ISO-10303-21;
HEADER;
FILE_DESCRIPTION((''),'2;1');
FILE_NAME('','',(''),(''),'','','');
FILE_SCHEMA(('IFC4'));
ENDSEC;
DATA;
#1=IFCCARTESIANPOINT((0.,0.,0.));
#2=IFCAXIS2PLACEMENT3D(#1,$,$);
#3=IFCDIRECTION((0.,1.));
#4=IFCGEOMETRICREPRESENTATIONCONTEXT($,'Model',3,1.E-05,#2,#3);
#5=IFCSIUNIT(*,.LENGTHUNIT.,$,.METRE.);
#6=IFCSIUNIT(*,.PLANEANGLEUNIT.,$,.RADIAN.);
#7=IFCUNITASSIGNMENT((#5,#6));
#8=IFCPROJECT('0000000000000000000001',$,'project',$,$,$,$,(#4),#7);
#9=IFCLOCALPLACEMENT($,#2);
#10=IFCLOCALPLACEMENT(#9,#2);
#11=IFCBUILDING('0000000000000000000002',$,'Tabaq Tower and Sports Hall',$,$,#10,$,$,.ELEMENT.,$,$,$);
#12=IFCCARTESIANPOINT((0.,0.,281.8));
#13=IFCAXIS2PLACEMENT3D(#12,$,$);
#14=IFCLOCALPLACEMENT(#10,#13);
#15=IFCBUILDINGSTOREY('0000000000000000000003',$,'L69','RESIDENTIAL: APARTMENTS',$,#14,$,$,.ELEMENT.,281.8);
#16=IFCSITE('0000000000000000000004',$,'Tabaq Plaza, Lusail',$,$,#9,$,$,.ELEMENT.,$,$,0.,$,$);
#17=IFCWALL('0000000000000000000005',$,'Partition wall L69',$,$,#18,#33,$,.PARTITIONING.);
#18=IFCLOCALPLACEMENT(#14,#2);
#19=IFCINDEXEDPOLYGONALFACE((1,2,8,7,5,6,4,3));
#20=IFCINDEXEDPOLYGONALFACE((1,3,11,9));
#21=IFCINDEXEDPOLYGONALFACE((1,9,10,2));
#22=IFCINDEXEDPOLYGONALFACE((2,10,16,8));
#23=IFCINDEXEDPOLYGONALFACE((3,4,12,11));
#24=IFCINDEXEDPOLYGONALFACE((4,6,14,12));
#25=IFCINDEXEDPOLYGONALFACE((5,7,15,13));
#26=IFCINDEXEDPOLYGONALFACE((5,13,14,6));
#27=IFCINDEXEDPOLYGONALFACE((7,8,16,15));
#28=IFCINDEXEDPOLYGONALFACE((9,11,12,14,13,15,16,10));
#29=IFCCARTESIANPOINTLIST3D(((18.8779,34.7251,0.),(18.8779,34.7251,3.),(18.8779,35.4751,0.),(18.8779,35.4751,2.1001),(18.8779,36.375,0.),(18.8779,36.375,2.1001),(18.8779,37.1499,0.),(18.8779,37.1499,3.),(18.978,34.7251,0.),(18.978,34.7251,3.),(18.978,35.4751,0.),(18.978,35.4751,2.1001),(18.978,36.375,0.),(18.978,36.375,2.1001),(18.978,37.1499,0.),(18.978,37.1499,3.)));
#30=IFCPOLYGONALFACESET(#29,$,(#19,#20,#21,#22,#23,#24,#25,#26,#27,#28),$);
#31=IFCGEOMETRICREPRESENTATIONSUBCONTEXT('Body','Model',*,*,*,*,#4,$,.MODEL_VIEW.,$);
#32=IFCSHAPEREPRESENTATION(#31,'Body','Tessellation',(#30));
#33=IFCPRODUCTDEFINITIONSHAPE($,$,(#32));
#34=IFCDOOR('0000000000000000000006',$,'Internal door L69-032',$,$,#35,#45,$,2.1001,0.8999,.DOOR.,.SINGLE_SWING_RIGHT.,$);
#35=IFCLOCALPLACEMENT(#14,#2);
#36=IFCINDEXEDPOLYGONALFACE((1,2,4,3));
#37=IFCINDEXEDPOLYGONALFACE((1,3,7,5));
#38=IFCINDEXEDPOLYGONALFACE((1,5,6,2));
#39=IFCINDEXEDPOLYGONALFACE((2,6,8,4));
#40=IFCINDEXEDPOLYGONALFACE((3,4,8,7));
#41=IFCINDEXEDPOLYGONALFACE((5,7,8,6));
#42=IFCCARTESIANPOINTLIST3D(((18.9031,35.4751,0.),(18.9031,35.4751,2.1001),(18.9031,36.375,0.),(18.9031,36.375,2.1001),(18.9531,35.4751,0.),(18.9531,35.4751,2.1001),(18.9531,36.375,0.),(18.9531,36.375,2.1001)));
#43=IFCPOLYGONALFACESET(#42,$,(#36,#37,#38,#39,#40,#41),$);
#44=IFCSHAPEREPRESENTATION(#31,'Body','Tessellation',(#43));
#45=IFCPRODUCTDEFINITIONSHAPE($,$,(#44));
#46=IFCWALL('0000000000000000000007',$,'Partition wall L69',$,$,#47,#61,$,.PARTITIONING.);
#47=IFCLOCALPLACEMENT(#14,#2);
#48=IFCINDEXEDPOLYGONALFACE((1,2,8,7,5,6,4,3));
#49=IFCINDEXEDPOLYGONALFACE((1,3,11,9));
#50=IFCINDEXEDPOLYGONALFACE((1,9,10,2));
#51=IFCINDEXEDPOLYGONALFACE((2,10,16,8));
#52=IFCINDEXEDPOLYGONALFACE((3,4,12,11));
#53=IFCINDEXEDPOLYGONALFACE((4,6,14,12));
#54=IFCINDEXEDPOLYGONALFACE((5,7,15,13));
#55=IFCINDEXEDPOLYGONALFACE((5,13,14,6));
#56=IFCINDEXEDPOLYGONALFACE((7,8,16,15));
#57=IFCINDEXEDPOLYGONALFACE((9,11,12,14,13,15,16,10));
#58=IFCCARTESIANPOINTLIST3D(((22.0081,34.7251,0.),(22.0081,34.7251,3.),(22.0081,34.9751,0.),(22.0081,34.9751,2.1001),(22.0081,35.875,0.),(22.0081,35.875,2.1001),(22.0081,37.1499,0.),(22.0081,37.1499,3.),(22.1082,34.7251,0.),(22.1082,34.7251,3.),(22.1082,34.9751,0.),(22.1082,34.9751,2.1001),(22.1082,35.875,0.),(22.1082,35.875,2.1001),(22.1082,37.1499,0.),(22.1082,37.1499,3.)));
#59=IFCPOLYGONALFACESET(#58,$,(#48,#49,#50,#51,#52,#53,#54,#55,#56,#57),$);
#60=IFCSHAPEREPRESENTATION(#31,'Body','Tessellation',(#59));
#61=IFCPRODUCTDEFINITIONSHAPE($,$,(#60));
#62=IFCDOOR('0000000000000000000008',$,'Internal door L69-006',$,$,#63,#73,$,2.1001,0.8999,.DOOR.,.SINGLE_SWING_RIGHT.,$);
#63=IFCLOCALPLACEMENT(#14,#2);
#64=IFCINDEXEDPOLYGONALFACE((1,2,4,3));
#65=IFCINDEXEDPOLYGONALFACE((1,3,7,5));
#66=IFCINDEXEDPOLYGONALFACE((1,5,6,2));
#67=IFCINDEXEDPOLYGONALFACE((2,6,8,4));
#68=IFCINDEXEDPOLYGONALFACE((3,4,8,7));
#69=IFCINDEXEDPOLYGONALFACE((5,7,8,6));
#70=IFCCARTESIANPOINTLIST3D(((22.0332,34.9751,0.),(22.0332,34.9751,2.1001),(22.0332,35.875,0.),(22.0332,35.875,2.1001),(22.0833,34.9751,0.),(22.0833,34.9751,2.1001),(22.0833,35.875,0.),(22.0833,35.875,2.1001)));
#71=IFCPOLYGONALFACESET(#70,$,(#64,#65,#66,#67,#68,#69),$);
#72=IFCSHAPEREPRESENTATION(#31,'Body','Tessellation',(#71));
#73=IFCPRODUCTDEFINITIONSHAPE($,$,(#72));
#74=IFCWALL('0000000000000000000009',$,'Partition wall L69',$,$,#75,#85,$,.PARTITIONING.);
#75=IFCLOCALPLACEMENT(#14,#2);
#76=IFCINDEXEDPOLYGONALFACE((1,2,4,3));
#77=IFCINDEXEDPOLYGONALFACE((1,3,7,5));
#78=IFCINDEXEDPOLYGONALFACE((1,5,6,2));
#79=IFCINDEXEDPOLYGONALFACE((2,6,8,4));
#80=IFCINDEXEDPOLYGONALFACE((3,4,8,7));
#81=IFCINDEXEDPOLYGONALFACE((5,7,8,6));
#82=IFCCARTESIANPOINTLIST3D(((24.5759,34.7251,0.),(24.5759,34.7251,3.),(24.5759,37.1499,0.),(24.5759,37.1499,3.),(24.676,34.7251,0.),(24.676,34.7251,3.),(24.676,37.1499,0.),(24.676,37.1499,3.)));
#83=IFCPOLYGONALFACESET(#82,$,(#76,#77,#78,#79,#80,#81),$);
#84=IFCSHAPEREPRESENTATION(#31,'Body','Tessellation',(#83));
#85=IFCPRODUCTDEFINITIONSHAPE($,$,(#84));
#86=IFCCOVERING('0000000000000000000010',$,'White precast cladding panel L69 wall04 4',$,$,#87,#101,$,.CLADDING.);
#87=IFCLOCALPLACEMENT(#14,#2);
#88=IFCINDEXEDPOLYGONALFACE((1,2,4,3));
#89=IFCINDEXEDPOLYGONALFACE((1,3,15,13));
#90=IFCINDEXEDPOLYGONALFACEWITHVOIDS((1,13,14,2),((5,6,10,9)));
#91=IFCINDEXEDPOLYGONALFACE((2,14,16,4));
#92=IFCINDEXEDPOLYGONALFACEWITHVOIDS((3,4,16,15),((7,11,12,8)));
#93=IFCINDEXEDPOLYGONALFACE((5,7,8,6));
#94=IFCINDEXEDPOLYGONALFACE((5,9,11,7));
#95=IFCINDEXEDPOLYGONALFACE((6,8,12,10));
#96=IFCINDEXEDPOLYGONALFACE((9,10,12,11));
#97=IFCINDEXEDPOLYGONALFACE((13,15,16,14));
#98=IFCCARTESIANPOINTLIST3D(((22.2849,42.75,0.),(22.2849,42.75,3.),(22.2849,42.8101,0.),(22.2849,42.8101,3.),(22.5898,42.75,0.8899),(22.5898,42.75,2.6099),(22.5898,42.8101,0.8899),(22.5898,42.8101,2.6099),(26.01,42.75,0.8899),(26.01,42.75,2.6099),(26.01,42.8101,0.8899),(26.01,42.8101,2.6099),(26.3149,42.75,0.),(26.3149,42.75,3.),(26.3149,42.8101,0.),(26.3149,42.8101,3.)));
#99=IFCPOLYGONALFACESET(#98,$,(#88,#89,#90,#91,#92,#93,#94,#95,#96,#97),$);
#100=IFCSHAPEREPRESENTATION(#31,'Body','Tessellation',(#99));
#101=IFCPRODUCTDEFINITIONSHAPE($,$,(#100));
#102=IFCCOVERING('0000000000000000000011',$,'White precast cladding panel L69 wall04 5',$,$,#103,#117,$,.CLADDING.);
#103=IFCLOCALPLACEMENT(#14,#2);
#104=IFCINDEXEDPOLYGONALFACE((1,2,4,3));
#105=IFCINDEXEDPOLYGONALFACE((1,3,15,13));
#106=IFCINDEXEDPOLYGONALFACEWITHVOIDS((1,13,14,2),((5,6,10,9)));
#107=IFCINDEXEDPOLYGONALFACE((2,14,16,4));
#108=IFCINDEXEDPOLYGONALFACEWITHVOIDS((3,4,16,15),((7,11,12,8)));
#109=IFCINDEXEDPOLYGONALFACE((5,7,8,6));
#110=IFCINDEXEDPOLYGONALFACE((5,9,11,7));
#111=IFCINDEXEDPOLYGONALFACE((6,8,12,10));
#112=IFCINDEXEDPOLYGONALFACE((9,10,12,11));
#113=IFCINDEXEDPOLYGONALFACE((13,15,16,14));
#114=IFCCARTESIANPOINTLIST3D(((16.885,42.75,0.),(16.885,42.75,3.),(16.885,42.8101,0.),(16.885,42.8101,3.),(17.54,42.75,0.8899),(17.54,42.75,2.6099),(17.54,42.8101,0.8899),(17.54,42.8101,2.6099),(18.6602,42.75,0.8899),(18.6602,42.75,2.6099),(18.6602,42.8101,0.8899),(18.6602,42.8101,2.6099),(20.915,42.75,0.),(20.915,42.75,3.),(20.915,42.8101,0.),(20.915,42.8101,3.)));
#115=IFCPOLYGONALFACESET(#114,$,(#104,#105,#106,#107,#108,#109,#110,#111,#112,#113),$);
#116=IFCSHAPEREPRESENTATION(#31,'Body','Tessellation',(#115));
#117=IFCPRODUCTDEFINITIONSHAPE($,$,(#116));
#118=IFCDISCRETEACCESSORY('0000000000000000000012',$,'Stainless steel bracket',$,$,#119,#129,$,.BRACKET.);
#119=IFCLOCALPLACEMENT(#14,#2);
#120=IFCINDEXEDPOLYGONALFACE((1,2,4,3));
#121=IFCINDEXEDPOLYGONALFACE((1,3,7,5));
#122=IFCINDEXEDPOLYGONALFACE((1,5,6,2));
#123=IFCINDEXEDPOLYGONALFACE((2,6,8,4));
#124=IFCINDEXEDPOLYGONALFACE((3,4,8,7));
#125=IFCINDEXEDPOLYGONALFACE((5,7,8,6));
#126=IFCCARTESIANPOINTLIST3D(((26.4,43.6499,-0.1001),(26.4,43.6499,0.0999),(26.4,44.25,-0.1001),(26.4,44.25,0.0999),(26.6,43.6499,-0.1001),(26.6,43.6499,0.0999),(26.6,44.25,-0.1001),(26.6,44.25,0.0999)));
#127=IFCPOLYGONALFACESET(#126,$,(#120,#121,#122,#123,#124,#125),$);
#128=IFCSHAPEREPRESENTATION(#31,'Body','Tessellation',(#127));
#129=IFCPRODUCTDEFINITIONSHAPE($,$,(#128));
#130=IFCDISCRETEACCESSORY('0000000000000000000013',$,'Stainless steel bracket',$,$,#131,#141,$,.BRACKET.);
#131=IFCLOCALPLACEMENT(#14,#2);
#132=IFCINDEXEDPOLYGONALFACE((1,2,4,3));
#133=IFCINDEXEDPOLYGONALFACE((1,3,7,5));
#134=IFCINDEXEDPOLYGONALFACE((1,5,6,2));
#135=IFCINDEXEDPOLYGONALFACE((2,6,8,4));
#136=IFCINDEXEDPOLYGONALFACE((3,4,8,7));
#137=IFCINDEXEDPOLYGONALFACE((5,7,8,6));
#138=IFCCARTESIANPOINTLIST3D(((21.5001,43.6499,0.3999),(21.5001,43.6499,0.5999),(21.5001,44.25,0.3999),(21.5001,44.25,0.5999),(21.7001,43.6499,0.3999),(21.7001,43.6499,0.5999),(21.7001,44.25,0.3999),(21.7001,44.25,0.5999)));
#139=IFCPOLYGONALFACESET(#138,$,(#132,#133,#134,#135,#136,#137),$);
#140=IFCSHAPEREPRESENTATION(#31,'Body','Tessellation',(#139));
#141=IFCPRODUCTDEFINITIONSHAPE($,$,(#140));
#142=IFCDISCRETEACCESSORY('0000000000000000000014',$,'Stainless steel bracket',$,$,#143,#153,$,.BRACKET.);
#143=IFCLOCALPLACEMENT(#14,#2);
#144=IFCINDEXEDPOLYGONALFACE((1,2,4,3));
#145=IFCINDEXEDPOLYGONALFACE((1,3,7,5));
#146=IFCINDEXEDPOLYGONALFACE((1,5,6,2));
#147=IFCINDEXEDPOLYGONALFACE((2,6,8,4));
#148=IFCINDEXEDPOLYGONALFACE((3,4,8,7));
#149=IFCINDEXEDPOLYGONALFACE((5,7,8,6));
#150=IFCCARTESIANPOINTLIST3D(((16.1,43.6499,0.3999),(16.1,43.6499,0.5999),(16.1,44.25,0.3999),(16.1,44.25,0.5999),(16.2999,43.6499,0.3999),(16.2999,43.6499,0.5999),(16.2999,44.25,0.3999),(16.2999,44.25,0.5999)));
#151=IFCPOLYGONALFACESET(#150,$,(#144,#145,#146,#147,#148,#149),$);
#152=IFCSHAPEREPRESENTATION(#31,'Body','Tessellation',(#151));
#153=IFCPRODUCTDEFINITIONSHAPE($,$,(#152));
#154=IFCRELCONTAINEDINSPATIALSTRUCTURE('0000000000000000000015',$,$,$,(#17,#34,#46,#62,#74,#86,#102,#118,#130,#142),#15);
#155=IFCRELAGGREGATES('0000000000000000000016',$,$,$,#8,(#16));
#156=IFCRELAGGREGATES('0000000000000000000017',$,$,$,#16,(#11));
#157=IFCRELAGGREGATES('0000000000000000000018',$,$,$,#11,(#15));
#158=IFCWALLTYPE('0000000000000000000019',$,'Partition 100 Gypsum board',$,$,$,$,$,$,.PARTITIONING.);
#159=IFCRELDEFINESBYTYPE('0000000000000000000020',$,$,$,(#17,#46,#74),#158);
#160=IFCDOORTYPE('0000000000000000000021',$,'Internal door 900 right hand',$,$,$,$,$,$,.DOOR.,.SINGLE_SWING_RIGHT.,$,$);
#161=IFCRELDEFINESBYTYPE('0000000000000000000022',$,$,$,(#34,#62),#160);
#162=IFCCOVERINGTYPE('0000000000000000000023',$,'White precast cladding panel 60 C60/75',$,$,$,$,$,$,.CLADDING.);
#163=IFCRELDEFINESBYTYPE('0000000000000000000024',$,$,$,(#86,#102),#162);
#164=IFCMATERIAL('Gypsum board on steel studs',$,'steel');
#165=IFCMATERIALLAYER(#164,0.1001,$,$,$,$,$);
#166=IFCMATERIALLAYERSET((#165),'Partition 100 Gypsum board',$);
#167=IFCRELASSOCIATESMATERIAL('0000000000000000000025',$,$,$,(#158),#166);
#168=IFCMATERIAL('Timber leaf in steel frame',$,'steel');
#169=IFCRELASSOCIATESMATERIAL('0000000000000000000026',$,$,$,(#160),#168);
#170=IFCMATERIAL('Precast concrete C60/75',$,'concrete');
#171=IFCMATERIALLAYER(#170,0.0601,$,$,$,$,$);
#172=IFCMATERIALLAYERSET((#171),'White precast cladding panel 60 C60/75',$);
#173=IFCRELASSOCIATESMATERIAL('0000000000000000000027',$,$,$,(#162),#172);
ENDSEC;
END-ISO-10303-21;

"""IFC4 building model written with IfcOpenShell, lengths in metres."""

from ifc_helpers import new_model, si_unit, direction, frame, frame_2d, origin, origin_2d, place, context, subcontext, project, spatial, polyline, rectangle, outline, extrude, material, layer, layer_set, type_object, element, fill, save


model = new_model("IFC4")

# Units and contexts
model_context = context("Model", 3, precision=1e-05, world=origin(), true_north=direction((0.0, 1.0)))
body_context = subcontext(model_context, "Body", "Model", "MODEL_VIEW")
ifc_project = project(units=[si_unit("LENGTHUNIT", "METRE"), si_unit("PLANEANGLEUNIT", "RADIAN")], contexts=[model_context])

# Site, building, storey
site_placement = place(None, origin())
site = spatial("IfcSite", under=ifc_project, at=site_placement, Name="Tabaq Plaza, Lusail", CompositionType="ELEMENT", RefElevation=0.0)
building_placement = place(site_placement, origin())
building = spatial("IfcBuilding", under=site, at=building_placement, Name="Tabaq Tower and Sports Hall", CompositionType="ELEMENT")
storey_placement = place(building_placement, frame((0.0, 0.0, 281.8)))
storey = spatial("IfcBuildingStorey", under=building, at=storey_placement, Name="L69", Description="RESIDENTIAL: APARTMENTS", CompositionType="ELEMENT", Elevation=281.8)

# Walls, openings, doors
ifc_material_1 = material(Name="Gypsum board on steel studs", Category="steel")
ifc_layer_1 = layer(ifc_material_1, 0.1001)
ifc_layer_set_1 = layer_set([ifc_layer_1], Name="Partition 100 Gypsum board")
wall_type = type_object("IfcWallType", Name="Partition 100 Gypsum board", PredefinedType="PARTITIONING", material=ifc_layer_set_1)
wall_1_placement = place(storey_placement, frame((18.928, 34.7251, 0.0), z_axis=(0.0, 0.0, 1.0), x_axis=(0.0, 1.0, 0.0)))
wall_1 = element("IfcWall", 1, at=wall_1_placement, inside=storey, type_object=wall_type, Name="Partition wall L69", PredefinedType="PARTITIONING", context=body_context, shape_type="SweptSolid", body=[
    extrude(rectangle(XDim=2.4248, YDim=0.1001, at=frame_2d((1.2124, 0.0))), origin(), (0.0, 0.0, 1.0), 3.0),
])
opening_1_placement = place(wall_1_placement, frame((0.75, 0.0, 0.0)))
opening_1 = element("IfcOpeningElement", 2, at=opening_1_placement, cuts=wall_1, PredefinedType="OPENING", context=body_context, shape_type="SweptSolid", body=[
    extrude(rectangle(XDim=0.8999, YDim=2.1001, at=frame_2d((0.45, 1.05))), frame((0.0, 0.05, 0.0), z_axis=(0.0, -1.0, 0.0), x_axis=(1.0, 0.0, 0.0)), (0.0, 0.0, 1.0), 0.1001),
])
ifc_material_2 = material(Name="Timber leaf in steel frame", Category="steel")
door_type = type_object("IfcDoorType", Name="Internal door 900 right hand", OperationType="SINGLE_SWING_RIGHT", PredefinedType="DOOR", material=ifc_material_2)
door_1_placement = place(opening_1_placement, origin())
door_1 = element("IfcDoor", 3, at=door_1_placement, inside=storey, type_object=door_type, Name="Internal door L69-032", OperationType="SINGLE_SWING_RIGHT", OverallHeight=2.1001, OverallWidth=0.8999, PredefinedType="DOOR", context=body_context, shape_type="SweptSolid", body=[
    extrude(rectangle(XDim=0.8999, YDim=2.1001, at=frame_2d((0.45, 1.05))), frame((0.0, 0.0249, 0.0), z_axis=(0.0, -1.0, 0.0), x_axis=(1.0, 0.0, 0.0)), (0.0, 0.0, 1.0), 0.05),
])
fill(opening_1, door_1)
wall_2_placement = place(storey_placement, frame((22.0581, 34.7251, 0.0), z_axis=(0.0, 0.0, 1.0), x_axis=(0.0, 1.0, 0.0)))
wall_2 = element("IfcWall", 4, at=wall_2_placement, inside=storey, type_object=wall_type, Name="Partition wall L69", PredefinedType="PARTITIONING", context=body_context, shape_type="SweptSolid", body=[
    extrude(rectangle(XDim=2.4248, YDim=0.1001, at=frame_2d((1.2124, 0.0))), origin(), (0.0, 0.0, 1.0), 3.0),
])
opening_2_placement = place(wall_2_placement, frame((0.25, 0.0, 0.0)))
opening_2 = element("IfcOpeningElement", 5, at=opening_2_placement, cuts=wall_2, PredefinedType="OPENING", context=body_context, shape_type="SweptSolid", body=[
    extrude(rectangle(XDim=0.8999, YDim=2.1001, at=frame_2d((0.45, 1.05))), frame((0.0, 0.05, 0.0), z_axis=(0.0, -1.0, 0.0), x_axis=(1.0, 0.0, 0.0)), (0.0, 0.0, 1.0), 0.1001),
])
door_2_placement = place(opening_2_placement, origin())
door_2 = element("IfcDoor", 6, at=door_2_placement, inside=storey, type_object=door_type, Name="Internal door L69-006", OperationType="SINGLE_SWING_RIGHT", OverallHeight=2.1001, OverallWidth=0.8999, PredefinedType="DOOR", context=body_context, shape_type="SweptSolid", body=[
    extrude(rectangle(XDim=0.8999, YDim=2.1001, at=frame_2d((0.45, 1.05))), frame((0.0, 0.0249, 0.0), z_axis=(0.0, -1.0, 0.0), x_axis=(1.0, 0.0, 0.0)), (0.0, 0.0, 1.0), 0.05),
])
fill(opening_2, door_2)

# Wall
wall_3_placement = place(storey_placement, frame((24.626, 34.7251, 0.0), z_axis=(0.0, 0.0, 1.0), x_axis=(0.0, 1.0, 0.0)))
element("IfcWall", 7, at=wall_3_placement, inside=storey, type_object=wall_type, Name="Partition wall L69", PredefinedType="PARTITIONING", context=body_context, shape_type="SweptSolid", body=[
    extrude(rectangle(XDim=2.4248, YDim=0.1001, at=frame_2d((1.2124, 0.0))), origin(), (0.0, 0.0, 1.0), 3.0),
])

# Coverings
ifc_material_3 = material(Name="Precast concrete C60/75", Category="concrete")
ifc_layer_2 = layer(ifc_material_3, 0.0601)
ifc_layer_set_2 = layer_set([ifc_layer_2], Name="White precast cladding panel 60 C60/75")
covering_type = type_object("IfcCoveringType", Name="White precast cladding panel 60 C60/75", PredefinedType="CLADDING", material=ifc_layer_set_2)
covering_1_placement = place(storey_placement, frame((26.3149, 42.78, 0.0), z_axis=(0.0, 0.0, 1.0), x_axis=(-1.0, 0.0, 0.0)))
element("IfcCovering", 8, at=covering_1_placement, inside=storey, type_object=covering_type, Name="White precast cladding panel L69 wall04 4", PredefinedType="CLADDING", context=body_context, shape_type="SweptSolid", body=[
    extrude(outline(polyline([(0.0, 0.0), (4.03, 0.0), (4.03, 3.0), (0.0, 3.0), (0.0, 0.0)]), holes=[polyline([(0.3049, 0.8899), (0.3049, 2.6099), (3.7251, 2.6099), (3.7251, 0.8899), (0.3049, 0.8899)])]), frame((0.0, 0.03, 0.0), z_axis=(0.0, -1.0, 0.0), x_axis=(1.0, 0.0, 0.0)), (0.0, 0.0, 1.0), 0.0601),
])
covering_2_placement = place(storey_placement, frame((20.915, 42.78, 0.0), z_axis=(0.0, 0.0, 1.0), x_axis=(-1.0, 0.0, 0.0)))
element("IfcCovering", 9, at=covering_2_placement, inside=storey, type_object=covering_type, Name="White precast cladding panel L69 wall04 5", PredefinedType="CLADDING", context=body_context, shape_type="SweptSolid", body=[
    extrude(outline(polyline([(0.0, 0.0), (4.03, 0.0), (4.03, 3.0), (0.0, 3.0), (0.0, 0.0)]), holes=[polyline([(2.2549, 0.8899), (2.2549, 2.6099), (3.375, 2.6099), (3.375, 0.8899), (2.2549, 0.8899)])]), frame((0.0, 0.03, 0.0), z_axis=(0.0, -1.0, 0.0), x_axis=(1.0, 0.0, 0.0)), (0.0, 0.0, 1.0), 0.0601),
])

# Discrete accessories
for number, where, z_axis, x_axis, name in (
    (10, (26.5, 43.95, -0.1001), (0.0, 0.0, 1.0), (0.0, 1.0, 0.0), "Stainless steel bracket"),
    (11, (21.6001, 43.95, 0.3999), (0.0, 0.0, 1.0), (0.0, 1.0, 0.0), "Stainless steel bracket"),
    (12, (16.2, 43.95, 0.3999), (0.0, 0.0, 1.0), (0.0, 1.0, 0.0), "Stainless steel bracket"),
):
    element("IfcDiscreteAccessory", number, at=place(storey_placement, frame(where, z_axis=z_axis, x_axis=x_axis)), inside=storey, Name=name, PredefinedType="BRACKET", context=body_context, shape_type="SweptSolid", body=[
        extrude(rectangle(XDim=0.6001, YDim=0.2, at=origin_2d()), origin(), (0.0, 0.0, 1.0), 0.2),
    ])

save(model, "model.ifc")
